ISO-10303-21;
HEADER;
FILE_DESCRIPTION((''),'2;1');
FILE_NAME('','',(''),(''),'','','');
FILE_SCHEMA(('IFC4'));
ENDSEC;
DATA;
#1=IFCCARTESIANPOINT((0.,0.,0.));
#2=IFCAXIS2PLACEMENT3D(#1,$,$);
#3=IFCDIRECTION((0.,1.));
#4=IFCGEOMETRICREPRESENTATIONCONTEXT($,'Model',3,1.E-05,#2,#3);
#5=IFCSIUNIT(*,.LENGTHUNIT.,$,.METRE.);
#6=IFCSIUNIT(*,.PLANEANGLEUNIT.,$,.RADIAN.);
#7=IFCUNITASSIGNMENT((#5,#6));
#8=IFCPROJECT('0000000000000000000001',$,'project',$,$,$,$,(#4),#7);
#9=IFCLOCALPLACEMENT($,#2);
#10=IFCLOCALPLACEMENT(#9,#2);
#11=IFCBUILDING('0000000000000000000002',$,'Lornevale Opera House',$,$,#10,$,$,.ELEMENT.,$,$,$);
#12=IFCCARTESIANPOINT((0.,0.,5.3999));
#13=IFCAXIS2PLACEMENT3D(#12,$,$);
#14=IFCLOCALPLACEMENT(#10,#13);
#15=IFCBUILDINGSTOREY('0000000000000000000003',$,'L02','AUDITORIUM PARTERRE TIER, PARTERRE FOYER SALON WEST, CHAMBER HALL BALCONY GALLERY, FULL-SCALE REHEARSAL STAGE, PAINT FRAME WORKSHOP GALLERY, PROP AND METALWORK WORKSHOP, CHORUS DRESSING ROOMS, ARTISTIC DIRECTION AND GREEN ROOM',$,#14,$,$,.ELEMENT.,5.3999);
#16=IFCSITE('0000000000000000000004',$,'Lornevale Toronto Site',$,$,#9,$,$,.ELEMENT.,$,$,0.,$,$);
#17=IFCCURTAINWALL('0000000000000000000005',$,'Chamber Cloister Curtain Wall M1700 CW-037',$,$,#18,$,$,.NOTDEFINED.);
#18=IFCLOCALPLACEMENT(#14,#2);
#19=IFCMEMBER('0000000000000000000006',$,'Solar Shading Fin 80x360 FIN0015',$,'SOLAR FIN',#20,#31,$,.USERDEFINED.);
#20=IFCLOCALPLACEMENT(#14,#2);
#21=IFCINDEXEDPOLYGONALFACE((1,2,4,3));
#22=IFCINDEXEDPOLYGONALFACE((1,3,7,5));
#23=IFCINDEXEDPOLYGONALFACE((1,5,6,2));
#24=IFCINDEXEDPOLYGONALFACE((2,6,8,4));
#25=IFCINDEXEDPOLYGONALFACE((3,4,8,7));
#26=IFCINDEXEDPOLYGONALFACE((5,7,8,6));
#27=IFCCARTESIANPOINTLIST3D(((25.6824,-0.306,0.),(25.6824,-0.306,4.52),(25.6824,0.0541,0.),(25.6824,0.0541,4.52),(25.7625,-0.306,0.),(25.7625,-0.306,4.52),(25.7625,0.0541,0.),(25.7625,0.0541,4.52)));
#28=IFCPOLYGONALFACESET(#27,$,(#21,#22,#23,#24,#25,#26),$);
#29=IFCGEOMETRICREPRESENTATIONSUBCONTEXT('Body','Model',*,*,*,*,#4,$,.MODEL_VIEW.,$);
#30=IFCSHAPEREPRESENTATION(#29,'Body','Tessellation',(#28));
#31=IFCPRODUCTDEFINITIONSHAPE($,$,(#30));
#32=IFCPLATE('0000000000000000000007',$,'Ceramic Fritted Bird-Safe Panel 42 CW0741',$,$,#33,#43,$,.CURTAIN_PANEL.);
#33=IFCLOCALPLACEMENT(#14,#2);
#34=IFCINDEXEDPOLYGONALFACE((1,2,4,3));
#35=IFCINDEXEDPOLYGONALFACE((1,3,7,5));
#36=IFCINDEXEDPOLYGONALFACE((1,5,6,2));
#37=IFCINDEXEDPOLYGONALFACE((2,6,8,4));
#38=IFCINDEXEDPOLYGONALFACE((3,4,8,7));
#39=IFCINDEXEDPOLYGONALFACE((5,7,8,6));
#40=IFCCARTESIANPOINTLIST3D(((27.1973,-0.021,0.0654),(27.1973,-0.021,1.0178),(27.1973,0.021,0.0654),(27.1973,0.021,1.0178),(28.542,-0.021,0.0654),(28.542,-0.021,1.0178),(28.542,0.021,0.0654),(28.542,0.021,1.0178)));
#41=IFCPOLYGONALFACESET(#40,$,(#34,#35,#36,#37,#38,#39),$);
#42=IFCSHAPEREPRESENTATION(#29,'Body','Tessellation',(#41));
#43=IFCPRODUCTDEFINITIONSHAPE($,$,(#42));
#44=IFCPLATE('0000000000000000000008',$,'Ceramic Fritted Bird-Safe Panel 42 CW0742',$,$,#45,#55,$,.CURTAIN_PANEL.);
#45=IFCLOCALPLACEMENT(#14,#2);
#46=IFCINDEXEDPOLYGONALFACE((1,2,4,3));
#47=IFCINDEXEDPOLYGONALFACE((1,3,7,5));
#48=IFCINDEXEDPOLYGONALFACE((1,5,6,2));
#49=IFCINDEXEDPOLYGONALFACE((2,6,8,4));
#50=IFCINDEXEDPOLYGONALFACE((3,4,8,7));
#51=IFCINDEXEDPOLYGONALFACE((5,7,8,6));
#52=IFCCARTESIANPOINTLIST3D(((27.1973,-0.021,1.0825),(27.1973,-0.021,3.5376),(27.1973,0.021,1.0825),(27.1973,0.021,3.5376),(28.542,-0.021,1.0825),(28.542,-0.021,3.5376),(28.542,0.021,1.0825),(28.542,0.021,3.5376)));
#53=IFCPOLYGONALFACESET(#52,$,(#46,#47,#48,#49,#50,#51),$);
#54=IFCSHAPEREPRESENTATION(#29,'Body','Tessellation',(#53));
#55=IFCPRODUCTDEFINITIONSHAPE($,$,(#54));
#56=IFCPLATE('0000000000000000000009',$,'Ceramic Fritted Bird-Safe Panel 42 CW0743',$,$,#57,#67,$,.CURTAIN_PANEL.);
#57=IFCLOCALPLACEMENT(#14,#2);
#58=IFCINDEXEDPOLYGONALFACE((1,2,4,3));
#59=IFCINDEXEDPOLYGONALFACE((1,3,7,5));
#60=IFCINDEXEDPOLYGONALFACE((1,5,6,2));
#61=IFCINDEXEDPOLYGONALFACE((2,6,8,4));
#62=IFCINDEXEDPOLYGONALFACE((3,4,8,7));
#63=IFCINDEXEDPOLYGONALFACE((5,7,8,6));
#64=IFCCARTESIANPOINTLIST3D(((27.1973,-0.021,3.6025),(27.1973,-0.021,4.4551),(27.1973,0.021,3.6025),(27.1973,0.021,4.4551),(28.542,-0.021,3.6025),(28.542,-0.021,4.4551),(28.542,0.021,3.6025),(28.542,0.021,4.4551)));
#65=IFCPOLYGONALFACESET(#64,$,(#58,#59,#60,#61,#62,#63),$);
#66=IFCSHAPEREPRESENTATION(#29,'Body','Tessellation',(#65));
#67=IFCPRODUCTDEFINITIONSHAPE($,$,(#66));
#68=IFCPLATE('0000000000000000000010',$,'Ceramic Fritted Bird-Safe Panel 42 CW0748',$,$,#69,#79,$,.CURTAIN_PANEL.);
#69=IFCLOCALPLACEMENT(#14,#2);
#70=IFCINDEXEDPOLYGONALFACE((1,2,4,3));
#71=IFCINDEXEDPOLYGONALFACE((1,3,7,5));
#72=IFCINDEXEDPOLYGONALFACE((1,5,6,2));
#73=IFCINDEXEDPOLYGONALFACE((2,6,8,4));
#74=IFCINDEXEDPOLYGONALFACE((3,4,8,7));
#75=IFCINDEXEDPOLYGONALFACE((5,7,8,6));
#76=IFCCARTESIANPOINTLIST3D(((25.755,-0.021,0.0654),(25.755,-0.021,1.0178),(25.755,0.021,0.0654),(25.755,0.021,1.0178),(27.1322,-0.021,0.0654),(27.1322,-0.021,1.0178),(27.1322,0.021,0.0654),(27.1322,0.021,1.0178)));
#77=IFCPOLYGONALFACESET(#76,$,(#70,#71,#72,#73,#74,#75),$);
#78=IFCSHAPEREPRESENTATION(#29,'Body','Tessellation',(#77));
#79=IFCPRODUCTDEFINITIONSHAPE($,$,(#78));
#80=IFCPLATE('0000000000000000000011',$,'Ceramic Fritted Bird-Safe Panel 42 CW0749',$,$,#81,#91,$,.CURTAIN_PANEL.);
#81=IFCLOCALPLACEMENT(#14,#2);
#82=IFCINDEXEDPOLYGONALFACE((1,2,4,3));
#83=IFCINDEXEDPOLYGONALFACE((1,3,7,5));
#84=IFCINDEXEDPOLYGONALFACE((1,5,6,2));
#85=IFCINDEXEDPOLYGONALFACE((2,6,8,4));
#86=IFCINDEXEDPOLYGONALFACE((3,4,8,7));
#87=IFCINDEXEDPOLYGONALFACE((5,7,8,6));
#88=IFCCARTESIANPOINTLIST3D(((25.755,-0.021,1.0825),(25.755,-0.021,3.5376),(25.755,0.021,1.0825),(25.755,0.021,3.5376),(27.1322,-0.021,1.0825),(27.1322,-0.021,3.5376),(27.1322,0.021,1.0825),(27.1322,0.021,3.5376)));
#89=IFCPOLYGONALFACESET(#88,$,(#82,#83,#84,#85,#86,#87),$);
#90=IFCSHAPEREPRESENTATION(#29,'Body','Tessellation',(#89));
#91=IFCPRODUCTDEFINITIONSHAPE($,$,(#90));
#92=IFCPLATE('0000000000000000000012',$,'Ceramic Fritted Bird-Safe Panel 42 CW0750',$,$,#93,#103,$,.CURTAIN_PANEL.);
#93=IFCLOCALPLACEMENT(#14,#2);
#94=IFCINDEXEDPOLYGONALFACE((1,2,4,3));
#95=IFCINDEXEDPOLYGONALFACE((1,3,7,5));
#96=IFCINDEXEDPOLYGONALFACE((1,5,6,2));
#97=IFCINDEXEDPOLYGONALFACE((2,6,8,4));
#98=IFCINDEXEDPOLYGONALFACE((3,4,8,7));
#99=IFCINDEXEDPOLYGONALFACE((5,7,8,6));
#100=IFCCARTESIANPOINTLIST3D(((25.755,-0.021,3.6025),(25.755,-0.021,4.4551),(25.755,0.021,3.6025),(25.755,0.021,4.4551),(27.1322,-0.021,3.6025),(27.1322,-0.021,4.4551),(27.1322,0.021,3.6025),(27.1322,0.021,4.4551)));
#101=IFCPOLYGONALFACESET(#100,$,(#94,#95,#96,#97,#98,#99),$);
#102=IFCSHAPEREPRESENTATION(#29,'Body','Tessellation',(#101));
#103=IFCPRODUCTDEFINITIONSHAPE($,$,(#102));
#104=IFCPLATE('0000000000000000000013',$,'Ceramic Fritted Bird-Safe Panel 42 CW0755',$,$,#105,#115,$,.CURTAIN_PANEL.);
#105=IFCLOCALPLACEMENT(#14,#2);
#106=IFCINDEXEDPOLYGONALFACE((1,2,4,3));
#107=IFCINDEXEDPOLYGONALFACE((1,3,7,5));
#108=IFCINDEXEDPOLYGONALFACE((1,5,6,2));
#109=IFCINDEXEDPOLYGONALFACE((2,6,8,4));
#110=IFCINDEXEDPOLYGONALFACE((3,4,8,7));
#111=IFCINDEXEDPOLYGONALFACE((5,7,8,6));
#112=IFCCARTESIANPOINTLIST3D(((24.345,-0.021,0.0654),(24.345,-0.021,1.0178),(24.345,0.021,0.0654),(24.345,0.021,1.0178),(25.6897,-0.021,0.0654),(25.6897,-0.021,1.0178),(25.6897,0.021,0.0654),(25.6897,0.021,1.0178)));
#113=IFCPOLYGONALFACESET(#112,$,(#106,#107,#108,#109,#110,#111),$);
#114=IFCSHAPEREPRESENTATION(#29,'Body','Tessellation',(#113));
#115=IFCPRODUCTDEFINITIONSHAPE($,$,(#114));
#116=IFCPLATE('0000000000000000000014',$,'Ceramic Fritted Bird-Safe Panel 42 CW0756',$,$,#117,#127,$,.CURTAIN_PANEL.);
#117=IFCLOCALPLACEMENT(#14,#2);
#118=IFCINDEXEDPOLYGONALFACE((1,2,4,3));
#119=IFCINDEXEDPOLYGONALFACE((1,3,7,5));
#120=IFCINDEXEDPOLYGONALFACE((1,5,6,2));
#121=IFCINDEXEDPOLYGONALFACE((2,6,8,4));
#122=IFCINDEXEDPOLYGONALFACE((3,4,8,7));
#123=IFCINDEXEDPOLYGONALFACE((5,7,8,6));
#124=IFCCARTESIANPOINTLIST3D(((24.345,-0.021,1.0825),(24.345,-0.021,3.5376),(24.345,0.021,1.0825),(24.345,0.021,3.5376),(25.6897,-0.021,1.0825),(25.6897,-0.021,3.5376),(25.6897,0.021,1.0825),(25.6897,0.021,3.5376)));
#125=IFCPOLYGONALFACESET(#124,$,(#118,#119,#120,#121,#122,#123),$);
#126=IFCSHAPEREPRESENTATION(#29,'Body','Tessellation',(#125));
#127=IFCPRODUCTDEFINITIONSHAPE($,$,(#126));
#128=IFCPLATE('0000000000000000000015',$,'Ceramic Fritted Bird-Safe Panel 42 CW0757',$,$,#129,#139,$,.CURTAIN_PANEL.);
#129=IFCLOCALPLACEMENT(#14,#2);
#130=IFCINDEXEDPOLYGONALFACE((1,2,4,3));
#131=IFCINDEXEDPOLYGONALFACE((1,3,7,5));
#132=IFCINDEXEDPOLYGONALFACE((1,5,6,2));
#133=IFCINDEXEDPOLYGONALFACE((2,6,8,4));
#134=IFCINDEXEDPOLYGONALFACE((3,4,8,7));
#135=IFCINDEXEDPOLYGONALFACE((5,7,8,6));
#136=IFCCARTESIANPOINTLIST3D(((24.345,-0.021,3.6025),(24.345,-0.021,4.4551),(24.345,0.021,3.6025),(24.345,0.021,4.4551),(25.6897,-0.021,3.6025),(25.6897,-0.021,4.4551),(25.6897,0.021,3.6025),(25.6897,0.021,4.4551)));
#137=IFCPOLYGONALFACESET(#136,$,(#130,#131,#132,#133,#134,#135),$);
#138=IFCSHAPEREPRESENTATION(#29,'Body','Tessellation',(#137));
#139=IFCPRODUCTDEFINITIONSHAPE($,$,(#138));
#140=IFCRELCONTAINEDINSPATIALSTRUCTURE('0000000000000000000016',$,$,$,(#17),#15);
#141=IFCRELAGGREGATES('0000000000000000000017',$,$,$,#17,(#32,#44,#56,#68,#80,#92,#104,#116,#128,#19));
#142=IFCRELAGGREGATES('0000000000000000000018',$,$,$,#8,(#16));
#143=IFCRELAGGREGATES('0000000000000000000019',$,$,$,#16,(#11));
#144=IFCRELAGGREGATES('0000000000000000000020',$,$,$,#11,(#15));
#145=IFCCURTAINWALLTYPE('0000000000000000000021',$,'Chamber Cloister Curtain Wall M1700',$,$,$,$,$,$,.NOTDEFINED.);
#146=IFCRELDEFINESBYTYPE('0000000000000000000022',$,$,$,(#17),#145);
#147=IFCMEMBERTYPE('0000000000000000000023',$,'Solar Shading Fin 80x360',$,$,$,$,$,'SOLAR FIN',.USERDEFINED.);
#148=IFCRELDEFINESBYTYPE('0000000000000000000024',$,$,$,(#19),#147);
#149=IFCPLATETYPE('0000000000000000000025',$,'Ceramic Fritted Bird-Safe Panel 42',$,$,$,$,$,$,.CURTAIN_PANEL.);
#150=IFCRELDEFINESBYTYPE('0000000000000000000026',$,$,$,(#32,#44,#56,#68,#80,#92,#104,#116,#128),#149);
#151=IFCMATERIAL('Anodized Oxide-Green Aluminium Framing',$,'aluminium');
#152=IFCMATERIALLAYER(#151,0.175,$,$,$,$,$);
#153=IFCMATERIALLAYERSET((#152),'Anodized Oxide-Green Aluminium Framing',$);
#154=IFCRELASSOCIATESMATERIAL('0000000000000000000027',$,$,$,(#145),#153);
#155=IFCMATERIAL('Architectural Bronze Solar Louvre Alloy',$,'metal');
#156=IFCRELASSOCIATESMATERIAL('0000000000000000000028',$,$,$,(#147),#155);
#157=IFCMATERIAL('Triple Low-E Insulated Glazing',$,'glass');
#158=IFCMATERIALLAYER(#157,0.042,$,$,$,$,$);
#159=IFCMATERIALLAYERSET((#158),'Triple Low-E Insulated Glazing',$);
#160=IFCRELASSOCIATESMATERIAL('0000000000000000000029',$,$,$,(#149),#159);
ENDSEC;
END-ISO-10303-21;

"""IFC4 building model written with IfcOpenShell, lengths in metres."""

from ifc_helpers import new_model, si_unit, direction, frame, origin, origin_2d, place, context, subcontext, project, spatial, rectangle, extrude, material, layer, layer_set, material_profile, profile_set, type_object, element, aggregate, save


model = new_model("IFC4")

# Units and contexts
model_context = context("Model", 3, precision=1e-05, world=origin(), true_north=direction((0.0, 1.0)))
body_context = subcontext(model_context, "Body", "Model", "MODEL_VIEW")
ifc_project = project(units=[si_unit("LENGTHUNIT", "METRE"), si_unit("PLANEANGLEUNIT", "RADIAN")], contexts=[model_context])

# Site, building, storey
site_placement = place(None, origin())
site = spatial("IfcSite", under=ifc_project, at=site_placement, Name="Lornevale Toronto Site", CompositionType="ELEMENT", RefElevation=0.0)
building_placement = place(site_placement, origin())
building = spatial("IfcBuilding", under=site, at=building_placement, Name="Lornevale Opera House", CompositionType="ELEMENT")
storey_placement = place(building_placement, frame((0.0, 0.0, 5.3999)))
storey = spatial("IfcBuildingStorey", under=building, at=storey_placement, Name="L02", Description="AUDITORIUM PARTERRE TIER, PARTERRE FOYER SALON WEST, CHAMBER HALL BALCONY GALLERY, FULL-SCALE REHEARSAL STAGE, PAINT FRAME WORKSHOP GALLERY, PROP AND METALWORK WORKSHOP, CHORUS DRESSING ROOMS, ARTISTIC DIRECTION AND GREEN ROOM", CompositionType="ELEMENT", Elevation=5.3999)

# Curtain wall, member, plates
ifc_material_1 = material(Name="Anodized Oxide-Green Aluminium Framing", Category="aluminium")
ifc_layer_1 = layer(ifc_material_1, 0.175)
ifc_layer_set_1 = layer_set([ifc_layer_1], Name="Anodized Oxide-Green Aluminium Framing")
curtain_wall_type = type_object("IfcCurtainWallType", Name="Chamber Cloister Curtain Wall M1700", PredefinedType="NOTDEFINED", material=ifc_layer_set_1)
curtain_wall_placement = place(storey_placement, origin())
curtain_wall = element("IfcCurtainWall", 1, at=curtain_wall_placement, inside=storey, type_object=curtain_wall_type, Name="Chamber Cloister Curtain Wall M1700 CW-037", PredefinedType="NOTDEFINED")
ifc_material_2 = material(Name="Architectural Bronze Solar Louvre Alloy", Category="metal")
ifc_material_profile_1 = material_profile(ifc_material_2, rectangle(XDim=0.0801, YDim=0.3601, at=origin_2d()), Name="FIN80x360")
ifc_profile_set_1 = profile_set([ifc_material_profile_1], Name="Architectural Bronze Solar Louvre Alloy")
member_type_1 = type_object("IfcMemberType", Name="Solar Shading Fin 80x360", ElementType="SOLAR FIN", PredefinedType="USERDEFINED", material=ifc_profile_set_1)
member_1_placement = place(storey_placement, frame((25.7224, -0.126, 0.0), z_axis=(0.0, 0.0, 1.0), x_axis=(-1.0, 0.0, 0.0)))
member_1 = element("IfcMember", 2, at=member_1_placement, type_object=member_type_1, Name="Solar Shading Fin 80x360 FIN0015", ObjectType="SOLAR FIN", PredefinedType="USERDEFINED", context=body_context, shape_type="SweptSolid", body=[
    extrude(rectangle(XDim=0.0801, YDim=0.3601, at=origin_2d()), origin(), (0.0, 0.0, 1.0), 4.52),
])
ifc_material_3 = material(Name="Triple Low-E Insulated Glazing", Category="glass")
ifc_layer_2 = layer(ifc_material_3, 0.042)
ifc_layer_set_2 = layer_set([ifc_layer_2], Name="Triple Low-E Insulated Glazing")
plate_type = type_object("IfcPlateType", Name="Ceramic Fritted Bird-Safe Panel 42", PredefinedType="CURTAIN_PANEL", material=ifc_layer_set_2)
plate_1_placement = place(storey_placement, frame((27.8696, 0.0, 0.0654), z_axis=(0.0, 0.0, 1.0), x_axis=(-1.0, 0.0, 0.0)))
plate_1 = element("IfcPlate", 3, at=plate_1_placement, type_object=plate_type, Name="Ceramic Fritted Bird-Safe Panel 42 CW0741", PredefinedType="CURTAIN_PANEL", context=body_context, shape_type="SweptSolid", body=[
    extrude(rectangle(XDim=1.3447, YDim=0.042, at=origin_2d()), origin(), (0.0, 0.0, 1.0), 0.9524),
])
plate_2_placement = place(storey_placement, frame((27.8696, 0.0, 1.0825), z_axis=(0.0, 0.0, 1.0), x_axis=(-1.0, 0.0, 0.0)))
plate_2 = element("IfcPlate", 4, at=plate_2_placement, type_object=plate_type, Name="Ceramic Fritted Bird-Safe Panel 42 CW0742", PredefinedType="CURTAIN_PANEL", context=body_context, shape_type="SweptSolid", body=[
    extrude(rectangle(XDim=1.3447, YDim=0.042, at=origin_2d()), origin(), (0.0, 0.0, 1.0), 2.4551),
])
plate_3_placement = place(storey_placement, frame((27.8696, 0.0, 3.6025), z_axis=(0.0, 0.0, 1.0), x_axis=(-1.0, 0.0, 0.0)))
plate_3 = element("IfcPlate", 5, at=plate_3_placement, type_object=plate_type, Name="Ceramic Fritted Bird-Safe Panel 42 CW0743", PredefinedType="CURTAIN_PANEL", context=body_context, shape_type="SweptSolid", body=[
    extrude(rectangle(XDim=1.3447, YDim=0.042, at=origin_2d()), origin(), (0.0, 0.0, 1.0), 0.8525),
])
plate_4_placement = place(storey_placement, frame((26.4436, 0.0, 0.0654), z_axis=(0.0, 0.0, 1.0), x_axis=(-1.0, 0.0, 0.0)))
plate_4 = element("IfcPlate", 6, at=plate_4_placement, type_object=plate_type, Name="Ceramic Fritted Bird-Safe Panel 42 CW0748", PredefinedType="CURTAIN_PANEL", context=body_context, shape_type="SweptSolid", body=[
    extrude(rectangle(XDim=1.3772, YDim=0.042, at=origin_2d()), origin(), (0.0, 0.0, 1.0), 0.9524),
])
plate_5_placement = place(storey_placement, frame((26.4436, 0.0, 1.0825), z_axis=(0.0, 0.0, 1.0), x_axis=(-1.0, 0.0, 0.0)))
plate_5 = element("IfcPlate", 7, at=plate_5_placement, type_object=plate_type, Name="Ceramic Fritted Bird-Safe Panel 42 CW0749", PredefinedType="CURTAIN_PANEL", context=body_context, shape_type="SweptSolid", body=[
    extrude(rectangle(XDim=1.3772, YDim=0.042, at=origin_2d()), origin(), (0.0, 0.0, 1.0), 2.4551),
])
plate_6_placement = place(storey_placement, frame((26.4436, 0.0, 3.6025), z_axis=(0.0, 0.0, 1.0), x_axis=(-1.0, 0.0, 0.0)))
plate_6 = element("IfcPlate", 8, at=plate_6_placement, type_object=plate_type, Name="Ceramic Fritted Bird-Safe Panel 42 CW0750", PredefinedType="CURTAIN_PANEL", context=body_context, shape_type="SweptSolid", body=[
    extrude(rectangle(XDim=1.3772, YDim=0.042, at=origin_2d()), origin(), (0.0, 0.0, 1.0), 0.8525),
])
plate_7_placement = place(storey_placement, frame((25.0173, 0.0, 0.0654), z_axis=(0.0, 0.0, 1.0), x_axis=(-1.0, 0.0, 0.0)))
plate_7 = element("IfcPlate", 9, at=plate_7_placement, type_object=plate_type, Name="Ceramic Fritted Bird-Safe Panel 42 CW0755", PredefinedType="CURTAIN_PANEL", context=body_context, shape_type="SweptSolid", body=[
    extrude(rectangle(XDim=1.3447, YDim=0.042, at=origin_2d()), origin(), (0.0, 0.0, 1.0), 0.9524),
])
plate_8_placement = place(storey_placement, frame((25.0173, 0.0, 1.0825), z_axis=(0.0, 0.0, 1.0), x_axis=(-1.0, 0.0, 0.0)))
plate_8 = element("IfcPlate", 10, at=plate_8_placement, type_object=plate_type, Name="Ceramic Fritted Bird-Safe Panel 42 CW0756", PredefinedType="CURTAIN_PANEL", context=body_context, shape_type="SweptSolid", body=[
    extrude(rectangle(XDim=1.3447, YDim=0.042, at=origin_2d()), origin(), (0.0, 0.0, 1.0), 2.4551),
])
plate_9_placement = place(storey_placement, frame((25.0173, 0.0, 3.6025), z_axis=(0.0, 0.0, 1.0), x_axis=(-1.0, 0.0, 0.0)))
plate_9 = element("IfcPlate", 11, at=plate_9_placement, type_object=plate_type, Name="Ceramic Fritted Bird-Safe Panel 42 CW0757", PredefinedType="CURTAIN_PANEL", context=body_context, shape_type="SweptSolid", body=[
    extrude(rectangle(XDim=1.3447, YDim=0.042, at=origin_2d()), origin(), (0.0, 0.0, 1.0), 0.8525),
])
aggregate(curtain_wall, [plate_1, plate_2, plate_3, plate_4, plate_5, plate_6, plate_7, plate_8, plate_9, member_1])

save(model, "model.ifc")
